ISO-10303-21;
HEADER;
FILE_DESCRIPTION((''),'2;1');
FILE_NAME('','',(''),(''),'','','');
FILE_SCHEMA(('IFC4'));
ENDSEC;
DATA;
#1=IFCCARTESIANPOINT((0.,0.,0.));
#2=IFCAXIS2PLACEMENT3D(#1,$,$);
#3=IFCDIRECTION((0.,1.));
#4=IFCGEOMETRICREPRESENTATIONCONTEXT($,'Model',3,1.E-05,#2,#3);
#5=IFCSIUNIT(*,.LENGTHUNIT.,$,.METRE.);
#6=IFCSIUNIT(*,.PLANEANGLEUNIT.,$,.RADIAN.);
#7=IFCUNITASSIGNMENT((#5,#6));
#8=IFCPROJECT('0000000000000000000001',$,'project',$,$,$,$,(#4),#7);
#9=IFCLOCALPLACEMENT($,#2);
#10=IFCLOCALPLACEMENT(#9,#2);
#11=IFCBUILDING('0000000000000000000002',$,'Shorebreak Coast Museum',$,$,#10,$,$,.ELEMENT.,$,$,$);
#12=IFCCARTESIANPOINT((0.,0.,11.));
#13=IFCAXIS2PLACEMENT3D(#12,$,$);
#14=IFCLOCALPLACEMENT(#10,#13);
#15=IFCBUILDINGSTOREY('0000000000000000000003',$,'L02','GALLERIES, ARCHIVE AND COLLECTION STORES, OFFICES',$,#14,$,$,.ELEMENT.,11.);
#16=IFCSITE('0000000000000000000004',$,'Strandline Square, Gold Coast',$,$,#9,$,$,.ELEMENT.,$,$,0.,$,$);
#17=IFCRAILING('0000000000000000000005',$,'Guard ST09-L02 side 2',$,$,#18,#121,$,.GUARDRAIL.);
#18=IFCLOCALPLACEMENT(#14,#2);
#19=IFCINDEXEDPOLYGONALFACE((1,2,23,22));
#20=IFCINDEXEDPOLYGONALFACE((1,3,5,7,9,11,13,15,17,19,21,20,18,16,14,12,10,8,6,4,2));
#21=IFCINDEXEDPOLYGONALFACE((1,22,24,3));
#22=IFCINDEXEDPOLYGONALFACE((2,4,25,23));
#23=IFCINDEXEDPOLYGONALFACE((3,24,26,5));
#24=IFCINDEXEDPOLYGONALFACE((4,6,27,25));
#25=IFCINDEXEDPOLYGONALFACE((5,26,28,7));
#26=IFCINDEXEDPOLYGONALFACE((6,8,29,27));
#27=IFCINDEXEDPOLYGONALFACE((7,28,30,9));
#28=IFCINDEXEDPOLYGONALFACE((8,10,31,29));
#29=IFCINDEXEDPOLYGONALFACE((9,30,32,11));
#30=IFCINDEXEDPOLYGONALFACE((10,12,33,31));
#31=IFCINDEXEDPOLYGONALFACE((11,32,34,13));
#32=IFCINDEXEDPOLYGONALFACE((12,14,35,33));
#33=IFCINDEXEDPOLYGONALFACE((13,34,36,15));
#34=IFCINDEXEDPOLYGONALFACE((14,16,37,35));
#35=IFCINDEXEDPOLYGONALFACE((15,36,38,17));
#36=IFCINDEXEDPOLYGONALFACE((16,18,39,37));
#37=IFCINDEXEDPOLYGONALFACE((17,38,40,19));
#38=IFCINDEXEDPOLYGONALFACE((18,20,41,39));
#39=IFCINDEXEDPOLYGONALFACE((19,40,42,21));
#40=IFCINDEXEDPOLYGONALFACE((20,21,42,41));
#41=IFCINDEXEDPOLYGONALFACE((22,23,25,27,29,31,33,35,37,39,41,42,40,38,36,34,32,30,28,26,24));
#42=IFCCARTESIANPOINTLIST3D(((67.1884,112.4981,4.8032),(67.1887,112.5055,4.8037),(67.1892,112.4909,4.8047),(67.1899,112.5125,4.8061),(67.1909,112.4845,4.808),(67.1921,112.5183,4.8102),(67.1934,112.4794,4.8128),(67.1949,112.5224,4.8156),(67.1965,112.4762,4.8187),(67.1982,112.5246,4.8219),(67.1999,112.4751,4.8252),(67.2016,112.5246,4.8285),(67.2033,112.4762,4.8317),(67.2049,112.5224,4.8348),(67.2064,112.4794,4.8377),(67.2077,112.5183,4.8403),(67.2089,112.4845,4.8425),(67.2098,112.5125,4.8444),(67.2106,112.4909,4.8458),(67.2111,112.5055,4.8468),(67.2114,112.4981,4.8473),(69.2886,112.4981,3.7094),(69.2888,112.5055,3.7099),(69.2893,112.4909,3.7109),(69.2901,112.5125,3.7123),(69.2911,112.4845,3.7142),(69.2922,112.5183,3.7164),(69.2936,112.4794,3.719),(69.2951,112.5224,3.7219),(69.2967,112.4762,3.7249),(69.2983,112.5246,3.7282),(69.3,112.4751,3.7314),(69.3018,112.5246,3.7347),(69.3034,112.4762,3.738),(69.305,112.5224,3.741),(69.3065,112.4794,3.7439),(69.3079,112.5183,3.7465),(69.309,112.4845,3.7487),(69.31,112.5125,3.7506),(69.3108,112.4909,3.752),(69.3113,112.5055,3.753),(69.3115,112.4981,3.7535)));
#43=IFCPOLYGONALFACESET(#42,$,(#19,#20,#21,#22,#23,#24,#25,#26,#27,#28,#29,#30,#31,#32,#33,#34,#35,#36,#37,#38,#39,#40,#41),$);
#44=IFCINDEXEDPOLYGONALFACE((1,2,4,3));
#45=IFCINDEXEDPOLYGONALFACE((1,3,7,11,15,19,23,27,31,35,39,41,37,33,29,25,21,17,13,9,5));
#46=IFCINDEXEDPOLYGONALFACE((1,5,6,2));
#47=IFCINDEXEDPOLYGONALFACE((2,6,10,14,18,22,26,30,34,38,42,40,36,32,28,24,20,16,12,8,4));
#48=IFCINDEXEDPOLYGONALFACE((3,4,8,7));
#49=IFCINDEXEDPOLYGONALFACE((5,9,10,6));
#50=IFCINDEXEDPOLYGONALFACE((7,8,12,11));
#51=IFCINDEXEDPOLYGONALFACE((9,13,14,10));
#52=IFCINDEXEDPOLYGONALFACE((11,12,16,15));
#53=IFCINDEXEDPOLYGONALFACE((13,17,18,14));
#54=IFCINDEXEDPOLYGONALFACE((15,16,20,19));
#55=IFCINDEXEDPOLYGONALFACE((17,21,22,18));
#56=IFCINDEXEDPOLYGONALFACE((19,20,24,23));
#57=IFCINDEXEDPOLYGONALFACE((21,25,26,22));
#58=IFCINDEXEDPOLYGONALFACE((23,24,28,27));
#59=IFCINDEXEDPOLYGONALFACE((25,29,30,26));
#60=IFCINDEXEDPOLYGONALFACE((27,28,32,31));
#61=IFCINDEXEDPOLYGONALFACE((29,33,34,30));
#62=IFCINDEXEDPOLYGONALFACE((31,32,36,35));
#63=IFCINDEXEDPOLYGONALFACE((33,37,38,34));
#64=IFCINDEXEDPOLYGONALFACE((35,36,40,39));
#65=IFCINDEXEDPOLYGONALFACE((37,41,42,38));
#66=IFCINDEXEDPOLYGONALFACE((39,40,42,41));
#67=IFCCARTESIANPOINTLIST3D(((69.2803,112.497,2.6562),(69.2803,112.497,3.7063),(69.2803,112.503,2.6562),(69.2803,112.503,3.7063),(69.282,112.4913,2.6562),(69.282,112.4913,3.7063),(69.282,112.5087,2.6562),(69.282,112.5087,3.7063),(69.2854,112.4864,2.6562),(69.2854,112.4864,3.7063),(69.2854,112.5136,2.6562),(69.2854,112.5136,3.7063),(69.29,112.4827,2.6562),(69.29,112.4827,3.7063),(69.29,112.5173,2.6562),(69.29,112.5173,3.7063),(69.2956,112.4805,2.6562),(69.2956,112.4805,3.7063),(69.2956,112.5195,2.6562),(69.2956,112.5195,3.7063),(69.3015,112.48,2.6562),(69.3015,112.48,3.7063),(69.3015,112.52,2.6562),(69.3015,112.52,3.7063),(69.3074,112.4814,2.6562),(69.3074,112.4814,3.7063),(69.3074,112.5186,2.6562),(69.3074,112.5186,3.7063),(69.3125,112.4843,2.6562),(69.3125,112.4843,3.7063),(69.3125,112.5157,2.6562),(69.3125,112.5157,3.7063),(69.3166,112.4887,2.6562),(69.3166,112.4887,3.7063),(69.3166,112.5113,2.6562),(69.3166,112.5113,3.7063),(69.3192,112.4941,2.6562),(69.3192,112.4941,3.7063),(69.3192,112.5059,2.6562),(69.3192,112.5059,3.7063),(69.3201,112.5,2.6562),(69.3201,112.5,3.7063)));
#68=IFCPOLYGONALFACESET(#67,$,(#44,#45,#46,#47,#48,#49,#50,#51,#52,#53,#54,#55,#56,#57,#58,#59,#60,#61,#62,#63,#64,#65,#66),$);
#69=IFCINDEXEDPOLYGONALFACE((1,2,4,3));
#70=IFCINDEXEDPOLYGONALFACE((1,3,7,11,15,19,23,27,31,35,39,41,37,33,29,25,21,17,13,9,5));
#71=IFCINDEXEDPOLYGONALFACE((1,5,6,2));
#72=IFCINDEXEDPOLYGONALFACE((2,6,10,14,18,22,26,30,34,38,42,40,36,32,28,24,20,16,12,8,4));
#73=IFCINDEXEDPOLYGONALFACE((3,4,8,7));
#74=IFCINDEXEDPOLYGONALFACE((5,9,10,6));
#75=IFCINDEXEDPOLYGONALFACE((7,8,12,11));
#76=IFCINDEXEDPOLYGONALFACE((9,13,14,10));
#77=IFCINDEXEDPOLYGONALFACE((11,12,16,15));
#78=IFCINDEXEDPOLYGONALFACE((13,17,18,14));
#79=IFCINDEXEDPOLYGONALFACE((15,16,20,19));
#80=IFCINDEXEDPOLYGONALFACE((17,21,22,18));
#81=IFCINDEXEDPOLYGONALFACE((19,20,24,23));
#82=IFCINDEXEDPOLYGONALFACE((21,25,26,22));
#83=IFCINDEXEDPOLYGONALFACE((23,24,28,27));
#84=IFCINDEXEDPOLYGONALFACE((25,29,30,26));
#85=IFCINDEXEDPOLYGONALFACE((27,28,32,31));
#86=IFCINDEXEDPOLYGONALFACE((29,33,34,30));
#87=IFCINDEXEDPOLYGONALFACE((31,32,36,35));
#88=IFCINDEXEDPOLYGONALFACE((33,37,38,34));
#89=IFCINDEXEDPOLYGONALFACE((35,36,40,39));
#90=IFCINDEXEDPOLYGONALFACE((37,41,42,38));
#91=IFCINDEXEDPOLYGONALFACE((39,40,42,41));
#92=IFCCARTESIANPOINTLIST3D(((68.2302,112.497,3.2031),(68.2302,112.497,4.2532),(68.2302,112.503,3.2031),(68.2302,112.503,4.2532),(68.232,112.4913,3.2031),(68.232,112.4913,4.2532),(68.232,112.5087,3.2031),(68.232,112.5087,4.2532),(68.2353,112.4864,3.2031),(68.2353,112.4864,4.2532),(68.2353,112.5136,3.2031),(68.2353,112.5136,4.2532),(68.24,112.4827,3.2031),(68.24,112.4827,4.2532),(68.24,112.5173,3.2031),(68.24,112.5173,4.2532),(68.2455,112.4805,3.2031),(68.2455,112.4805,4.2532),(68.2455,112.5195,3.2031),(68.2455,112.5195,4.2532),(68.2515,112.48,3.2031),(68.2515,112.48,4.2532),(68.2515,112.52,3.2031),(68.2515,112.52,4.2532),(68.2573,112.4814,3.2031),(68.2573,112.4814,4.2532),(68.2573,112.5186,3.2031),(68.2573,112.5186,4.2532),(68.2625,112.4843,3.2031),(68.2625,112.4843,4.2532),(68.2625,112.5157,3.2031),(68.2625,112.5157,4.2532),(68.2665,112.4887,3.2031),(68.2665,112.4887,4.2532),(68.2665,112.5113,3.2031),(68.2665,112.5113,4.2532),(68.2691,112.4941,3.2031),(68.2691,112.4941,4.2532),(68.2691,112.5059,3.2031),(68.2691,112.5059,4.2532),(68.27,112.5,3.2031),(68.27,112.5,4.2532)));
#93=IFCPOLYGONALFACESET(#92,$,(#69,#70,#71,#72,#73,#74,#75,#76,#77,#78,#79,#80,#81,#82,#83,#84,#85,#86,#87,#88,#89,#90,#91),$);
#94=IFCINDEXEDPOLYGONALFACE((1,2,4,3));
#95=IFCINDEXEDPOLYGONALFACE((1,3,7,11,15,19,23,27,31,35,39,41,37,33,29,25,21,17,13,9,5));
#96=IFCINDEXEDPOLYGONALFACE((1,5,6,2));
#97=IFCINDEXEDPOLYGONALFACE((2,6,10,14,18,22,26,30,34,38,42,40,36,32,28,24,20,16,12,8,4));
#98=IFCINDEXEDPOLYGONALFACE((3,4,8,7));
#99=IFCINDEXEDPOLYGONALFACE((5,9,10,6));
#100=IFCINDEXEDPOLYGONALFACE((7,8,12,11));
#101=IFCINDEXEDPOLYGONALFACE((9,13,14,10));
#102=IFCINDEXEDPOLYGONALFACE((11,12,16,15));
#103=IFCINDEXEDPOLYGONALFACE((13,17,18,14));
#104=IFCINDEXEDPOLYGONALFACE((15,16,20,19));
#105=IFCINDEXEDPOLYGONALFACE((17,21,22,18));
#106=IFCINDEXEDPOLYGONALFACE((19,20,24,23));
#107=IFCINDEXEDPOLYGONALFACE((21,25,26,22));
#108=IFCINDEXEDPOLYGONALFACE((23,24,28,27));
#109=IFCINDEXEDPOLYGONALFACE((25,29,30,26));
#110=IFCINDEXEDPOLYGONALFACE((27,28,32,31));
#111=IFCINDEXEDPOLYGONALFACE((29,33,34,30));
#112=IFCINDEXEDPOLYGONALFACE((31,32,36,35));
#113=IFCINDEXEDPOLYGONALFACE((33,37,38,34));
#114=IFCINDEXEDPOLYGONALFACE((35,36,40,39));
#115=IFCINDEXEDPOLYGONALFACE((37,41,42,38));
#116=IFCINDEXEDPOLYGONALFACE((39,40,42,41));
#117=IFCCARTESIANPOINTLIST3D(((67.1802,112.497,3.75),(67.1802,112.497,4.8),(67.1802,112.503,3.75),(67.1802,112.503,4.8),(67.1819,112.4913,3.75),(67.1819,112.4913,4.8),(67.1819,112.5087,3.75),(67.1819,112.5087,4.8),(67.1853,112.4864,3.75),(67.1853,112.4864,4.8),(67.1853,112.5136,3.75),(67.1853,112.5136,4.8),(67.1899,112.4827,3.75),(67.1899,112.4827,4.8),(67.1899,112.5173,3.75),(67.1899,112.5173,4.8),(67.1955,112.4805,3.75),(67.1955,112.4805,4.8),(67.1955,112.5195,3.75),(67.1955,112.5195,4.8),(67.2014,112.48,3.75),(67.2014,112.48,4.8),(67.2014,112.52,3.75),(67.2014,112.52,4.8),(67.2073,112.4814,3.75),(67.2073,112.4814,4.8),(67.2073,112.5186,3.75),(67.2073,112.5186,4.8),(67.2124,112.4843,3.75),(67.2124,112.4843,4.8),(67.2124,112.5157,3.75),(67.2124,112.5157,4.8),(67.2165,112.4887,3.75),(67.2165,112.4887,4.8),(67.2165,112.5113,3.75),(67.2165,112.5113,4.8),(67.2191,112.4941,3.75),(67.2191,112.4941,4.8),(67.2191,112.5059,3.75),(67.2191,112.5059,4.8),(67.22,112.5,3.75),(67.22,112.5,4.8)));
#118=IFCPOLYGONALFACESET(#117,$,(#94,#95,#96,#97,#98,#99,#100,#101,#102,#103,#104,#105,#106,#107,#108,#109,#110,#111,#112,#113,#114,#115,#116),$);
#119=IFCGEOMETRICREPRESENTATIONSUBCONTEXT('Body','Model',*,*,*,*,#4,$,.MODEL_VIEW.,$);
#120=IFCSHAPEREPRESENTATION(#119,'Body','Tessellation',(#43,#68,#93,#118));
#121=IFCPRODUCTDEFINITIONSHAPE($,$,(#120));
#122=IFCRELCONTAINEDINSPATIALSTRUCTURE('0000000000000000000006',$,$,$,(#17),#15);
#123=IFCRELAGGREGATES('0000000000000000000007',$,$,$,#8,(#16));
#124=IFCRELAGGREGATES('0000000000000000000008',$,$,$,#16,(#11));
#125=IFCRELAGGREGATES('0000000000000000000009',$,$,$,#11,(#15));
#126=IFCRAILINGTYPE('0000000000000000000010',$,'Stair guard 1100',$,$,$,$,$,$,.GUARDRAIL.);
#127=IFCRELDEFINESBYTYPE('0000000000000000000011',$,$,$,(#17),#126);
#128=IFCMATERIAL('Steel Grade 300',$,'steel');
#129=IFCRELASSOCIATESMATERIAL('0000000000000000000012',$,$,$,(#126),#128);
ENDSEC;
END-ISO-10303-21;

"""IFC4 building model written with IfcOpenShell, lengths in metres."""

from ifc_helpers import new_model, si_unit, direction, frame, origin, origin_2d, place, context, subcontext, project, spatial, circle, extrude, material, type_object, element, save


model = new_model("IFC4")

# Units and contexts
model_context = context("Model", 3, precision=1e-05, world=origin(), true_north=direction((0.0, 1.0)))
body_context = subcontext(model_context, "Body", "Model", "MODEL_VIEW")
ifc_project = project(units=[si_unit("LENGTHUNIT", "METRE"), si_unit("PLANEANGLEUNIT", "RADIAN")], contexts=[model_context])

# Site, building, storey
site_placement = place(None, origin())
site = spatial("IfcSite", under=ifc_project, at=site_placement, Name="Strandline Square, Gold Coast", CompositionType="ELEMENT", RefElevation=0.0)
building_placement = place(site_placement, origin())
building = spatial("IfcBuilding", under=site, at=building_placement, Name="Shorebreak Coast Museum", CompositionType="ELEMENT")
storey_placement = place(building_placement, frame((0.0, 0.0, 11.0)))
storey = spatial("IfcBuildingStorey", under=building, at=storey_placement, Name="L02", Description="GALLERIES, ARCHIVE AND COLLECTION STORES, OFFICES", CompositionType="ELEMENT", Elevation=11.0)

# Railing
ifc_material_1 = material(Name="Steel Grade 300", Category="steel")
railing_type_1 = type_object("IfcRailingType", Name="Stair guard 1100", PredefinedType="GUARDRAIL", material=ifc_material_1)
railing_1_placement = place(storey_placement, frame((69.3, 112.5, 2.6562)))
element("IfcRailing", 1, at=railing_1_placement, inside=storey, type_object=railing_type_1, Name="Guard ST09-L02 side 2", PredefinedType="GUARDRAIL", context=body_context, shape_type="SweptSolid", body=[
    extrude(circle(Radius=0.0249, at=origin_2d()), frame((0.0, 0.0, 1.0752), z_axis=(-0.886923, 0.0, 0.461918), x_axis=(0.0, -1.0, 0.0)), (0.0, 0.0, 1.0), 2.3679),
    extrude(circle(Radius=0.02, at=origin_2d()), origin(), (0.0, 0.0, 1.0), 1.05),
    extrude(circle(Radius=0.02, at=origin_2d()), frame((-1.05, 0.0, 0.5469)), (0.0, 0.0, 1.0), 1.05),
    extrude(circle(Radius=0.02, at=origin_2d()), frame((-2.1001, 0.0, 1.0938)), (0.0, 0.0, 1.0), 1.05),
])

save(model, "model.ifc")
